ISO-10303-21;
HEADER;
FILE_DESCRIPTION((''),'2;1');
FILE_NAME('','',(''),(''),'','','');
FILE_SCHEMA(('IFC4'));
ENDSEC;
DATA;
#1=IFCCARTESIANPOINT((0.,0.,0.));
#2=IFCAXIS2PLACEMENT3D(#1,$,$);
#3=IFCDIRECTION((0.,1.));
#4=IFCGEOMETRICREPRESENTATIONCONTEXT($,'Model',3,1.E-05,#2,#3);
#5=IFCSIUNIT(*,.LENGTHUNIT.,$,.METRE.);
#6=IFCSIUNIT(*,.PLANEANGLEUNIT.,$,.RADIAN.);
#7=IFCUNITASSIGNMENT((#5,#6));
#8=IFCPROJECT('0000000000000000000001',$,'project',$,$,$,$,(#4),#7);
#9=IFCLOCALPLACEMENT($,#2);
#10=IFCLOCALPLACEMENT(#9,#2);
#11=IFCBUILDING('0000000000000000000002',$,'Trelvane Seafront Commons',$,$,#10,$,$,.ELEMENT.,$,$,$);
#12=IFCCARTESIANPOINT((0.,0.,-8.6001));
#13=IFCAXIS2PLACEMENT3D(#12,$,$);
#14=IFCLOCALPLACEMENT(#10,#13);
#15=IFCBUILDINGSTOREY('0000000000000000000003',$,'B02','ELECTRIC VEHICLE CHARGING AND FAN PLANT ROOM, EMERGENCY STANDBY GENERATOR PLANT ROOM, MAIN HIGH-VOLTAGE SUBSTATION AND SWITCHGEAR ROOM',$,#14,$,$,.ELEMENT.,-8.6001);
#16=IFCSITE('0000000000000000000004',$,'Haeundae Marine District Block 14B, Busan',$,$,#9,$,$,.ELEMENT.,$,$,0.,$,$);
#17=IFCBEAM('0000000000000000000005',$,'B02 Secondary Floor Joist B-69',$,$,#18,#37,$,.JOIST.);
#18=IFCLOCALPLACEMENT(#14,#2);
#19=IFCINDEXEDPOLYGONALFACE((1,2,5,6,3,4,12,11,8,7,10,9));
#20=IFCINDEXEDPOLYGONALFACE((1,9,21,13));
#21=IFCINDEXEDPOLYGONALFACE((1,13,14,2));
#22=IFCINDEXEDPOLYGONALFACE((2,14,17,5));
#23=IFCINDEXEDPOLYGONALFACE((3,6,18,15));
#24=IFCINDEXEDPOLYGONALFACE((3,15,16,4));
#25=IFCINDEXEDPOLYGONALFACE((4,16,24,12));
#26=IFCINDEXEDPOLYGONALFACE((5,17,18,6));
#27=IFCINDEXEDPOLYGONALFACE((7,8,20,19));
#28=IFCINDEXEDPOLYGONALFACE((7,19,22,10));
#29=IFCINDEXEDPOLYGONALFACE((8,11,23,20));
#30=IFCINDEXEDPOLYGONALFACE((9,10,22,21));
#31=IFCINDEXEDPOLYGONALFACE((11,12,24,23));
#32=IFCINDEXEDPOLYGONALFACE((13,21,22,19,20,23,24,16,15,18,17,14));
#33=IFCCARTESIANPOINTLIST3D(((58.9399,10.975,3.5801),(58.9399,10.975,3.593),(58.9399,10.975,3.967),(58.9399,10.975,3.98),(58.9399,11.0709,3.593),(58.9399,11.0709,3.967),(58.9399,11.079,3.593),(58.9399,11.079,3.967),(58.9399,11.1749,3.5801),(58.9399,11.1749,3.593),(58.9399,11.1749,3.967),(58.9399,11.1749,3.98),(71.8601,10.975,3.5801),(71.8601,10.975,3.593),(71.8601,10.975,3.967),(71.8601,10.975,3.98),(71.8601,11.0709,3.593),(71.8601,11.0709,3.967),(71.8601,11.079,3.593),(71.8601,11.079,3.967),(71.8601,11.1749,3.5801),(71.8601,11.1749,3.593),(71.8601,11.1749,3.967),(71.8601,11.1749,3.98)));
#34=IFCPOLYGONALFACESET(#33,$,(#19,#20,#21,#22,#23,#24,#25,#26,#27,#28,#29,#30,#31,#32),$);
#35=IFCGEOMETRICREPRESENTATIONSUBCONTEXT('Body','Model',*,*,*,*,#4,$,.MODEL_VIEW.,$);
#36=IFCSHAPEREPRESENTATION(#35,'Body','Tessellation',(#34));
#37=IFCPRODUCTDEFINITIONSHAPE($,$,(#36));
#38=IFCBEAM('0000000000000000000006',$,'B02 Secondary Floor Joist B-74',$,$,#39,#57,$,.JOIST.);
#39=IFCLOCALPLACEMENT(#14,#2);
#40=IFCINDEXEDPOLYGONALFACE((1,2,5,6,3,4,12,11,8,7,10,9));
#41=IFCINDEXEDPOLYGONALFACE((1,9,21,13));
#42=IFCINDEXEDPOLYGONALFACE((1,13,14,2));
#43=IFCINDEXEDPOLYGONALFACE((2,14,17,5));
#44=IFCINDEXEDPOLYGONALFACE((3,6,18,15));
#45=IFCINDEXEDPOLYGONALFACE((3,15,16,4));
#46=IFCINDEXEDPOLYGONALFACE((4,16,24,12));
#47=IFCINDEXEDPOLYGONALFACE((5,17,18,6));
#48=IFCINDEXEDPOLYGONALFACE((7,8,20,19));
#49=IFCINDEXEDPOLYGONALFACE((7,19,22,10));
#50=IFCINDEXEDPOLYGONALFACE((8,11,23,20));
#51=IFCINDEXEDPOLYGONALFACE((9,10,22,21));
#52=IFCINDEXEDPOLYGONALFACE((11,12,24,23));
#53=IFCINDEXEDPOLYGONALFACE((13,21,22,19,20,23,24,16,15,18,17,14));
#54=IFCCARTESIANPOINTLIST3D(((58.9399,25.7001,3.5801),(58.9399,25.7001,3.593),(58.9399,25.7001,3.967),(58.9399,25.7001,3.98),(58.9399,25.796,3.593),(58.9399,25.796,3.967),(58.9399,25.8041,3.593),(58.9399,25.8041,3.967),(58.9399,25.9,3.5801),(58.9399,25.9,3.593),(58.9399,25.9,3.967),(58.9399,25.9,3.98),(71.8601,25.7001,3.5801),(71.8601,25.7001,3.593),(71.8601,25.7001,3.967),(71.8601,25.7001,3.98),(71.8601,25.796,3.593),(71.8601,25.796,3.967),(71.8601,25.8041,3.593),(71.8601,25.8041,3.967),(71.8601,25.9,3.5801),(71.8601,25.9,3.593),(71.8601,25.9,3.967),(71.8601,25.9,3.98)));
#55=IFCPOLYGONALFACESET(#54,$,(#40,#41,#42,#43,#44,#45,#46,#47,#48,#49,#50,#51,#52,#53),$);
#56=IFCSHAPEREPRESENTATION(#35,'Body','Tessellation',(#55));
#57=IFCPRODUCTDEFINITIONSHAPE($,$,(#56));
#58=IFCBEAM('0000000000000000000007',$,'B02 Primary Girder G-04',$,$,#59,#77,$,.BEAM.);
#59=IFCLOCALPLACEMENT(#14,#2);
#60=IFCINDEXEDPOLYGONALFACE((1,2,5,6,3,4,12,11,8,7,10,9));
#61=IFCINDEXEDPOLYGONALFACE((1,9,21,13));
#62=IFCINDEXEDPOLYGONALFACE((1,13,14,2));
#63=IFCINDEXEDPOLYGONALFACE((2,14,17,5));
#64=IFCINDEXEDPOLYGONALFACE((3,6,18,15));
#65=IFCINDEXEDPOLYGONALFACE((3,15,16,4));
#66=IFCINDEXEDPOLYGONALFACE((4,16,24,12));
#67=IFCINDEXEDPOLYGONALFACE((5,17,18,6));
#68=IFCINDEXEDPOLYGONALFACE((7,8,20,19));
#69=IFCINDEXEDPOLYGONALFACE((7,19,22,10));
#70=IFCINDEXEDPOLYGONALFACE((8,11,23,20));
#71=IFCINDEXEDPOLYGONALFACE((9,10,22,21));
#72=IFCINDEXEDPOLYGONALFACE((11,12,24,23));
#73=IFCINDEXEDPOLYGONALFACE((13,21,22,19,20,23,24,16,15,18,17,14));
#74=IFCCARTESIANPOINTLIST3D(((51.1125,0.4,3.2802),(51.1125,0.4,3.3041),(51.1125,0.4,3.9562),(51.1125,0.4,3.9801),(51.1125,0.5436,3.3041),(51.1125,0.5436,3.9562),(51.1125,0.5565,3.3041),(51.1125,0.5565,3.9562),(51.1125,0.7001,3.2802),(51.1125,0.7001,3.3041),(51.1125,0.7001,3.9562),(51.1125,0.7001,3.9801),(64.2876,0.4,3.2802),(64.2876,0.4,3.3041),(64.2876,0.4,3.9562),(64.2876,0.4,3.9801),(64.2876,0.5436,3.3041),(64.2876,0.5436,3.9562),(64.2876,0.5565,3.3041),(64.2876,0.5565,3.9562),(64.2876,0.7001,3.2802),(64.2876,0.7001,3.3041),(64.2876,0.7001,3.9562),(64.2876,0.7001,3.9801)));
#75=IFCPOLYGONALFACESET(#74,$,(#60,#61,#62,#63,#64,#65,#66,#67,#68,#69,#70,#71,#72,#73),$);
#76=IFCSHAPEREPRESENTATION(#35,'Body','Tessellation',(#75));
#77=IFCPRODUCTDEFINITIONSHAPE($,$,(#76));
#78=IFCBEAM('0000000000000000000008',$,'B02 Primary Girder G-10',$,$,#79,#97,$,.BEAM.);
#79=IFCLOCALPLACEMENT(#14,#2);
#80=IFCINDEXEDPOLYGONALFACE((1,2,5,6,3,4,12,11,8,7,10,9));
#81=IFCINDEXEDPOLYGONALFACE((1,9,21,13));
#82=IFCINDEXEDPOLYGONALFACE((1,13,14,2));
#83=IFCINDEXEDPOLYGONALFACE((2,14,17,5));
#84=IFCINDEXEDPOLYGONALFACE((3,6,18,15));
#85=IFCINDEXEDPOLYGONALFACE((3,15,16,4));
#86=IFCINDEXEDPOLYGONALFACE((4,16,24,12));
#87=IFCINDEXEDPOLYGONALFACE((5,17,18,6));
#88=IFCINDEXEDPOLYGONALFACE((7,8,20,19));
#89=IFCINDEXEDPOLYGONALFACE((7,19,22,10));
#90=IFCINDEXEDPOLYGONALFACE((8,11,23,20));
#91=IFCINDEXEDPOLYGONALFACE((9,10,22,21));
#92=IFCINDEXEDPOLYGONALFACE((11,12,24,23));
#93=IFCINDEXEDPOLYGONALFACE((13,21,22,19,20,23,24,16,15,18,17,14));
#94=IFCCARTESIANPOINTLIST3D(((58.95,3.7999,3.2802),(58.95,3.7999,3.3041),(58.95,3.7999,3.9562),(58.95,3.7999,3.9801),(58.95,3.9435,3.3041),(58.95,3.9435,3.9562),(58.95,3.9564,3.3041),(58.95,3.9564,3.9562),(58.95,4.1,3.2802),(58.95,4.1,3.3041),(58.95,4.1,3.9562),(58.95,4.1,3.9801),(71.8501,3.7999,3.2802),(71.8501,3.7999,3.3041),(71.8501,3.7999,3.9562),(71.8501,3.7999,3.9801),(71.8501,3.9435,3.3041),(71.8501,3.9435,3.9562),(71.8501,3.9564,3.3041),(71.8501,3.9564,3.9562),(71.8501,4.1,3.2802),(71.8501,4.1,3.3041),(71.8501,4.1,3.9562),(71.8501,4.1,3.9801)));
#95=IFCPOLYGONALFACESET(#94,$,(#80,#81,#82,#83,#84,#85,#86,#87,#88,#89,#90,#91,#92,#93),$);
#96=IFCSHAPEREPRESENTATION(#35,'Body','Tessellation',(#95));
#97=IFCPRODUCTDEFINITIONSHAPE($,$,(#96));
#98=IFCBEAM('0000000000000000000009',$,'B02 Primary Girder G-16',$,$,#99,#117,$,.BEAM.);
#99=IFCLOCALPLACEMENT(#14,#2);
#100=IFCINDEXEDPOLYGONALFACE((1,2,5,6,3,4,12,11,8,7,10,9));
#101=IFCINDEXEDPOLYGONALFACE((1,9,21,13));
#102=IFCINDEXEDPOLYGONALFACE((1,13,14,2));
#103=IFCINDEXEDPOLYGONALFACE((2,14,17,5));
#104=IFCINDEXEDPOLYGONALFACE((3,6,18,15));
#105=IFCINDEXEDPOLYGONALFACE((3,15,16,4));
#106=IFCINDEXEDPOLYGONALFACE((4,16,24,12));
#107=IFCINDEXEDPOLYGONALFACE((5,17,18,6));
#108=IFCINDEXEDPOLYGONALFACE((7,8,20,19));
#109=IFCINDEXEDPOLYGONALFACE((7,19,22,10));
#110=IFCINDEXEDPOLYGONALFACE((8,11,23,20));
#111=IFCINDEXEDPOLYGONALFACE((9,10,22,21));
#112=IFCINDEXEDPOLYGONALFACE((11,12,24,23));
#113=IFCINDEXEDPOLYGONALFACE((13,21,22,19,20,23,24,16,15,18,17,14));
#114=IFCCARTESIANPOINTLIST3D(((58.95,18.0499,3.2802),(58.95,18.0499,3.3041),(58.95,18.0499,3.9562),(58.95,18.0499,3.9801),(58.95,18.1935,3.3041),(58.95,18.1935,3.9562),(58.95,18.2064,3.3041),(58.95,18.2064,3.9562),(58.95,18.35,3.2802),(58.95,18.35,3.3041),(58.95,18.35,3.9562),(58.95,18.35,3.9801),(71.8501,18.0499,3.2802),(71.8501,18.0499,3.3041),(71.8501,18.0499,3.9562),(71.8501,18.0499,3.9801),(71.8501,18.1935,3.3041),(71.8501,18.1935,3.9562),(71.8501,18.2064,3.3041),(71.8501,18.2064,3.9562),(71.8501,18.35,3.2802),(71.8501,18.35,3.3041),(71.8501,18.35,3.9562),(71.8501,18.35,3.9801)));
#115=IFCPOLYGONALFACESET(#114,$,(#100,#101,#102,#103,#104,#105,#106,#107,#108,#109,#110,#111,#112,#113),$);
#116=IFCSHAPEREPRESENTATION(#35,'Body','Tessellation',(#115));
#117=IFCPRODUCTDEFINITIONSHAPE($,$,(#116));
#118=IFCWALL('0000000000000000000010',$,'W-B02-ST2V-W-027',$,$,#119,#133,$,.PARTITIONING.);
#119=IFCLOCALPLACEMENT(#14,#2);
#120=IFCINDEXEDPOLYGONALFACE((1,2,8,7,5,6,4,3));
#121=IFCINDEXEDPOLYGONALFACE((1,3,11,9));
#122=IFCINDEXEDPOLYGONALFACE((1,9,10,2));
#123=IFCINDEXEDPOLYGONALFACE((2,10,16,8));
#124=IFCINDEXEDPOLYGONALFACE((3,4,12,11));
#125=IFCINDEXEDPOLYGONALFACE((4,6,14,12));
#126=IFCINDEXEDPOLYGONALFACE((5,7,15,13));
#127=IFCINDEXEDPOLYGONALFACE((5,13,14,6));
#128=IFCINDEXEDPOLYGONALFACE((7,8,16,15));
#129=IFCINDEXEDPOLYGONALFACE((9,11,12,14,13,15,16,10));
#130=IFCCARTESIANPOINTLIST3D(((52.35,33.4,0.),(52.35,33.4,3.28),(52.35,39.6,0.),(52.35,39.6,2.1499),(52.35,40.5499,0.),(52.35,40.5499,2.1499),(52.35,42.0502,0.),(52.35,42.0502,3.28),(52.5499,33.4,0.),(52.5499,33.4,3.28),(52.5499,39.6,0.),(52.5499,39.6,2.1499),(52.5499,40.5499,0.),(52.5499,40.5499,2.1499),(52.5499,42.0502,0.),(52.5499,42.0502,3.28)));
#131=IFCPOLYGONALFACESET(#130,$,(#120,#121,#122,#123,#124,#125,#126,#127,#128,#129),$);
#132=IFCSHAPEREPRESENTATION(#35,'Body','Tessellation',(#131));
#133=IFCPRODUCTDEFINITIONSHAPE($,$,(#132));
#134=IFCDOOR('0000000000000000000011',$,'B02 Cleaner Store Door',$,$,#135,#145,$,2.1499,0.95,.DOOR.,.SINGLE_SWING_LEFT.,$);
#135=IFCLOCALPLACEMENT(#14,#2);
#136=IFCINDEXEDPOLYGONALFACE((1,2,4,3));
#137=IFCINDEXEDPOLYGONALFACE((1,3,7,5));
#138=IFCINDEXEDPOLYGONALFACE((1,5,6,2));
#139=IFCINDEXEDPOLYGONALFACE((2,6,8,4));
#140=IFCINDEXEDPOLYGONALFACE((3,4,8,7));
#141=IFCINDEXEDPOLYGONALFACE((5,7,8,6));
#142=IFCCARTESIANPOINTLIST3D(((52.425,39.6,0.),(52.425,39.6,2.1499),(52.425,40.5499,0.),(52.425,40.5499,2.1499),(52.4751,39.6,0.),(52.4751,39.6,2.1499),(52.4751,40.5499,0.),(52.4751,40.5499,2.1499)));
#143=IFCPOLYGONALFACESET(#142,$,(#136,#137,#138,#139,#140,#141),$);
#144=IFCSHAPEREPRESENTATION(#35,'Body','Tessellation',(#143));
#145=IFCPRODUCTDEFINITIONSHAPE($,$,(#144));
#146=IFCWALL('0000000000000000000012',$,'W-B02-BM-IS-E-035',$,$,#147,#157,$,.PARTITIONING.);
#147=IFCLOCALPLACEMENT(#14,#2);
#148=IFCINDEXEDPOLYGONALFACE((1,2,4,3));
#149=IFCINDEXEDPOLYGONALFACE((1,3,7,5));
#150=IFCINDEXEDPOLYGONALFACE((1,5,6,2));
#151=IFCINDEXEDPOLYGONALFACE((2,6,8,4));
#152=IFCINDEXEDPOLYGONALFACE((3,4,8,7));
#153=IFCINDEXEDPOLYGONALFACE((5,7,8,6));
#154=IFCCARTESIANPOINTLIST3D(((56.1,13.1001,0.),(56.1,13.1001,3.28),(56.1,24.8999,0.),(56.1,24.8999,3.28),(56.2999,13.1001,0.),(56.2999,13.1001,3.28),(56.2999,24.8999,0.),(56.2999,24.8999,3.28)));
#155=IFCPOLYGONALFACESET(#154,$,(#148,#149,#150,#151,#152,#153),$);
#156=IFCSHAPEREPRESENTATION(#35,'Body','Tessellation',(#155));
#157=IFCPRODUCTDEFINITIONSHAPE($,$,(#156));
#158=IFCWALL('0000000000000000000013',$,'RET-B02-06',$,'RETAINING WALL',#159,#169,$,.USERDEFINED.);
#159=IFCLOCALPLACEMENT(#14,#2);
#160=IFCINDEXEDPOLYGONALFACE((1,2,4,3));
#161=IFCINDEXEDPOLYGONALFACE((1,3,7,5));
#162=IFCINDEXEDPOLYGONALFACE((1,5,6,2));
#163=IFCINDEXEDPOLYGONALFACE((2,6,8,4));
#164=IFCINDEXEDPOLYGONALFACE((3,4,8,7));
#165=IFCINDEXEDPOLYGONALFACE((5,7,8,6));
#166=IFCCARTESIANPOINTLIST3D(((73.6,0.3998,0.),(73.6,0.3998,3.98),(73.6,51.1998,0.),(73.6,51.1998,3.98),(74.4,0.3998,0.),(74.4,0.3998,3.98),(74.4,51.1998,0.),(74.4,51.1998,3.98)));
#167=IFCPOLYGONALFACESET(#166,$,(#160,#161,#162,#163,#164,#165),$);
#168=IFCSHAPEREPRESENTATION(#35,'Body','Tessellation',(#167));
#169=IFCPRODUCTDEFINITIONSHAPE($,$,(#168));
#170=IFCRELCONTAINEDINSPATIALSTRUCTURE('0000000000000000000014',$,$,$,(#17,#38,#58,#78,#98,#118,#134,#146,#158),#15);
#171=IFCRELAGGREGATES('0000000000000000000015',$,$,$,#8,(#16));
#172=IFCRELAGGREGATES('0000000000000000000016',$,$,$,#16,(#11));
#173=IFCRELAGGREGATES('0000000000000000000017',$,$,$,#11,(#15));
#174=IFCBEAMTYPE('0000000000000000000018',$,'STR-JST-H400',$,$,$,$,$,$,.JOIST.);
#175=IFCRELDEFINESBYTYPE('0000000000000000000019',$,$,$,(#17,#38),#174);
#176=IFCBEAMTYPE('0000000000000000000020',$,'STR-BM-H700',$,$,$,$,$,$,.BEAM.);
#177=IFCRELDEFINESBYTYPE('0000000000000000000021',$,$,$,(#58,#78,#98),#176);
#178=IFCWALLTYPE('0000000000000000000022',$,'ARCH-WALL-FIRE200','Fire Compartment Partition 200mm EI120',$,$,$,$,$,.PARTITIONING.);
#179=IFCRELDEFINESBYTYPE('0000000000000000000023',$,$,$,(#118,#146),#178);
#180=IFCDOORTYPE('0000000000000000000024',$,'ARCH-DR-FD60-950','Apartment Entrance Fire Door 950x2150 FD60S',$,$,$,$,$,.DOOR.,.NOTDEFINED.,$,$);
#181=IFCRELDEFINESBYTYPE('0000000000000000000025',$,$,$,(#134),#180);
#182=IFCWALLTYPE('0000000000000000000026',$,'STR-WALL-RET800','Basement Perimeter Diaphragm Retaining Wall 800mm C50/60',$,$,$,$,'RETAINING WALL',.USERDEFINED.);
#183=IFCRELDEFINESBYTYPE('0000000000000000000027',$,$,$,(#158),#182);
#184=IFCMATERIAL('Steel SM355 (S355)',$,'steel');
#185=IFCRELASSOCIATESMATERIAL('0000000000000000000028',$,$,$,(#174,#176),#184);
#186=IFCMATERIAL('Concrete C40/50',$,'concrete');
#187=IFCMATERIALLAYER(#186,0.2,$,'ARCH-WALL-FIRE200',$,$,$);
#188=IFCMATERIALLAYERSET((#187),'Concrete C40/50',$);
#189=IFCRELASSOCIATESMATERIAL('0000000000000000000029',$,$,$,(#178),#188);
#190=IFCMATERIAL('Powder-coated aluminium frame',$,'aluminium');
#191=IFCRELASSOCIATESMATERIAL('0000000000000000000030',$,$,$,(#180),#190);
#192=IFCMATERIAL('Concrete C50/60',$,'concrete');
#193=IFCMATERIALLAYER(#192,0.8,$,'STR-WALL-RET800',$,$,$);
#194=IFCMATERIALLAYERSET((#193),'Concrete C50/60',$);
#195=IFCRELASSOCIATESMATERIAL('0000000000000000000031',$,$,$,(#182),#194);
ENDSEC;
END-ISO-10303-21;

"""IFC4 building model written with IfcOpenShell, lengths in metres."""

from ifc_helpers import new_model, si_unit, direction, frame, frame_2d, origin, origin_2d, place, context, subcontext, project, spatial, rectangle, i_section, extrude, source, transform, mapped, material, layer, layer_set, material_profile, profile_set, type_object, element, fill, save


model = new_model("IFC4")

# Units and contexts
model_context = context("Model", 3, precision=1e-05, world=origin(), true_north=direction((0.0, 1.0)))
body_context = subcontext(model_context, "Body", "Model", "MODEL_VIEW")
ifc_project = project(units=[si_unit("LENGTHUNIT", "METRE"), si_unit("PLANEANGLEUNIT", "RADIAN")], contexts=[model_context])

# Site, building, storey
site_placement = place(None, origin())
site = spatial("IfcSite", under=ifc_project, at=site_placement, Name="Haeundae Marine District Block 14B, Busan", CompositionType="ELEMENT", RefElevation=0.0)
building_placement = place(site_placement, origin())
building = spatial("IfcBuilding", under=site, at=building_placement, Name="Trelvane Seafront Commons", CompositionType="ELEMENT")
storey_placement = place(building_placement, frame((0.0, 0.0, -8.6001)))
storey = spatial("IfcBuildingStorey", under=building, at=storey_placement, Name="B02", Description="ELECTRIC VEHICLE CHARGING AND FAN PLANT ROOM, EMERGENCY STANDBY GENERATOR PLANT ROOM, MAIN HIGH-VOLTAGE SUBSTATION AND SWITCHGEAR ROOM", CompositionType="ELEMENT", Elevation=-8.6001)

# Shared definitions
ifc_material_1 = material(Name="Concrete C50/60", Category="concrete")

# Beams
ifc_material_2 = material(Name="Steel SM355 (S355)", Category="steel")
ifc_material_profile_1 = material_profile(ifc_material_2, i_section(OverallWidth=0.2, OverallDepth=0.3999, WebThickness=0.0081, FlangeThickness=0.0129, at=origin_2d()), Name="H-400x200x8x13")
ifc_profile_set_1 = profile_set([ifc_material_profile_1], Name="Steel SM355 (S355)")
beam_type_1 = type_object("IfcBeamType", Name="STR-JST-H400", PredefinedType="JOIST", material=ifc_profile_set_1)
shared_shape_1 = source(origin(), body_context, "Body", "SweptSolid", [
    extrude(i_section(OverallWidth=0.2, OverallDepth=0.3999, WebThickness=0.0081, FlangeThickness=0.0129, at=origin_2d()), origin(), (0.0, 0.0, 1.0), 12.9202),
])
for number, where, z_axis, x_axis, name in (
    (1, (58.9399, 11.075, 3.78), (1.0, 0.0, 0.0), (0.0, 1.0, 0.0), "B02 Secondary Floor Joist B-69"),
    (2, (58.9399, 25.8, 3.78), (1.0, 0.0, 0.0), (0.0, 1.0, 0.0), "B02 Secondary Floor Joist B-74"),
):
    element("IfcBeam", number, at=place(storey_placement, frame(where, z_axis=z_axis, x_axis=x_axis)), inside=storey, type_object=beam_type_1, Name=name, PredefinedType="JOIST", context=body_context, shape_type="MappedRepresentation", body=[
        mapped(shared_shape_1, transform((0.0, 0.0, 0.0), x_axis=(1.0, 0.0, 0.0), y_axis=(0.0, 1.0, 0.0), z_axis=(0.0, 0.0, 1.0), scale=1.0)),
    ])
ifc_material_profile_2 = material_profile(ifc_material_2, i_section(OverallWidth=0.3, OverallDepth=0.7, WebThickness=0.0129, FlangeThickness=0.0239, at=origin_2d()), Name="H-700x300x13x24")
ifc_profile_set_2 = profile_set([ifc_material_profile_2], Name="Steel SM355 (S355)")
beam_type_2 = type_object("IfcBeamType", Name="STR-BM-H700", PredefinedType="BEAM", material=ifc_profile_set_2)
shared_shape_2 = source(origin(), body_context, "Body", "SweptSolid", [
    extrude(i_section(OverallWidth=0.3, OverallDepth=0.7, WebThickness=0.0129, FlangeThickness=0.0239, at=origin_2d()), origin(), (0.0, 0.0, 1.0), 13.175),
])
beam_1_placement = place(storey_placement, frame((51.1125, 0.55, 3.6301), z_axis=(1.0, 0.0, 0.0), x_axis=(0.0, 1.0, 0.0)))
element("IfcBeam", 3, at=beam_1_placement, inside=storey, type_object=beam_type_2, Name="B02 Primary Girder G-04", PredefinedType="BEAM", context=body_context, shape_type="MappedRepresentation", body=[
    mapped(shared_shape_2, transform((0.0, 0.0, 0.0), x_axis=(1.0, 0.0, 0.0), y_axis=(0.0, 1.0, 0.0), z_axis=(0.0, 0.0, 1.0), scale=1.0)),
])
shared_shape_3 = source(origin(), body_context, "Body", "SweptSolid", [
    extrude(i_section(OverallWidth=0.3, OverallDepth=0.7, WebThickness=0.0129, FlangeThickness=0.0239, at=origin_2d()), origin(), (0.0, 0.0, 1.0), 12.9001),
])
for number, where, z_axis, x_axis, name in (
    (4, (58.95, 3.95, 3.6301), (1.0, 0.0, 0.0), (0.0, 1.0, 0.0), "B02 Primary Girder G-10"),
    (5, (58.95, 18.2, 3.6301), (1.0, 0.0, 0.0), (0.0, 1.0, 0.0), "B02 Primary Girder G-16"),
):
    element("IfcBeam", number, at=place(storey_placement, frame(where, z_axis=z_axis, x_axis=x_axis)), inside=storey, type_object=beam_type_2, Name=name, PredefinedType="BEAM", context=body_context, shape_type="MappedRepresentation", body=[
        mapped(shared_shape_3, transform((0.0, 0.0, 0.0), x_axis=(1.0, 0.0, 0.0), y_axis=(0.0, 1.0, 0.0), z_axis=(0.0, 0.0, 1.0), scale=1.0)),
    ])

# Wall, opening, door
ifc_material_3 = material(Name="Concrete C40/50", Category="concrete")
ifc_layer_1 = layer(ifc_material_3, 0.2, Name="ARCH-WALL-FIRE200")
ifc_layer_set_1 = layer_set([ifc_layer_1], Name="Concrete C40/50")
wall_type_1 = type_object("IfcWallType", Name="ARCH-WALL-FIRE200", Description="Fire Compartment Partition 200mm EI120", PredefinedType="PARTITIONING", material=ifc_layer_set_1)
wall_1_placement = place(storey_placement, frame((52.45, 33.3999, 0.0), z_axis=(0.0, 0.0, 1.0), x_axis=(0.0, 1.0, 0.0)))
wall_1 = element("IfcWall", 6, at=wall_1_placement, inside=storey, type_object=wall_type_1, Name="W-B02-ST2V-W-027", PredefinedType="PARTITIONING", context=body_context, shape_type="SweptSolid", body=[
    extrude(rectangle(XDim=8.6501, YDim=0.2, at=frame_2d((4.3252, 0.0))), origin(), (0.0, 0.0, 1.0), 3.28),
])
opening_1_placement = place(wall_1_placement, frame((6.2, 0.0, 0.0)))
opening_1 = element("IfcOpeningElement", 7, at=opening_1_placement, cuts=wall_1, PredefinedType="OPENING", context=body_context, shape_type="SweptSolid", body=[
    extrude(rectangle(XDim=0.95, YDim=2.1499, at=frame_2d((0.4751, 1.075))), frame((0.0, 0.1099, 0.0), z_axis=(0.0, -1.0, 0.0), x_axis=(1.0, 0.0, 0.0)), (0.0, 0.0, 1.0), 0.22),
])
ifc_material_4 = material(Name="Powder-coated aluminium frame", Category="aluminium")
door_type = type_object("IfcDoorType", Name="ARCH-DR-FD60-950", Description="Apartment Entrance Fire Door 950x2150 FD60S", OperationType="NOTDEFINED", PredefinedType="DOOR", material=ifc_material_4)
shared_shape_4 = source(origin(), body_context, "Body", "SweptSolid", [
    extrude(rectangle(XDim=0.95, YDim=2.1499, at=frame_2d((0.4751, 1.075))), frame((0.0, 0.0249, 0.0), z_axis=(0.0, -1.0, 0.0), x_axis=(1.0, 0.0, 0.0)), (0.0, 0.0, 1.0), 0.05),
])
door_1_placement = place(opening_1_placement, origin())
door_1 = element("IfcDoor", 8, at=door_1_placement, inside=storey, type_object=door_type, Name="B02 Cleaner Store Door", OperationType="SINGLE_SWING_LEFT", OverallHeight=2.1499, OverallWidth=0.95, PredefinedType="DOOR", context=body_context, shape_type="MappedRepresentation", body=[
    mapped(shared_shape_4, transform((0.0, 0.0, 0.0), x_axis=(1.0, 0.0, 0.0), y_axis=(0.0, 1.0, 0.0), z_axis=(0.0, 0.0, 1.0), scale=1.0)),
])
fill(opening_1, door_1)

# Walls
wall_2_placement = place(storey_placement, frame((56.2, 13.1001, 0.0), z_axis=(0.0, 0.0, 1.0), x_axis=(0.0, 1.0, 0.0)))
element("IfcWall", 9, at=wall_2_placement, inside=storey, type_object=wall_type_1, Name="W-B02-BM-IS-E-035", PredefinedType="PARTITIONING", context=body_context, shape_type="SweptSolid", body=[
    extrude(rectangle(XDim=11.7998, YDim=0.2, at=frame_2d((5.8999, 0.0))), origin(), (0.0, 0.0, 1.0), 3.28),
])
ifc_layer_2 = layer(ifc_material_1, 0.8, Name="STR-WALL-RET800")
ifc_layer_set_2 = layer_set([ifc_layer_2], Name="Concrete C50/60")
wall_type_2 = type_object("IfcWallType", Name="STR-WALL-RET800", Description="Basement Perimeter Diaphragm Retaining Wall 800mm C50/60", ElementType="RETAINING WALL", PredefinedType="USERDEFINED", material=ifc_layer_set_2)
wall_3_placement = place(storey_placement, frame((74.0, 0.3999, 0.0), z_axis=(0.0, 0.0, 1.0), x_axis=(0.0, 1.0, 0.0)))
element("IfcWall", 10, at=wall_3_placement, inside=storey, type_object=wall_type_2, Name="RET-B02-06", ObjectType="RETAINING WALL", PredefinedType="USERDEFINED", context=body_context, shape_type="SweptSolid", body=[
    extrude(rectangle(XDim=50.8, YDim=0.8, at=frame_2d((25.3999, 0.0))), origin(), (0.0, 0.0, 1.0), 3.98),
])

save(model, "model.ifc")
